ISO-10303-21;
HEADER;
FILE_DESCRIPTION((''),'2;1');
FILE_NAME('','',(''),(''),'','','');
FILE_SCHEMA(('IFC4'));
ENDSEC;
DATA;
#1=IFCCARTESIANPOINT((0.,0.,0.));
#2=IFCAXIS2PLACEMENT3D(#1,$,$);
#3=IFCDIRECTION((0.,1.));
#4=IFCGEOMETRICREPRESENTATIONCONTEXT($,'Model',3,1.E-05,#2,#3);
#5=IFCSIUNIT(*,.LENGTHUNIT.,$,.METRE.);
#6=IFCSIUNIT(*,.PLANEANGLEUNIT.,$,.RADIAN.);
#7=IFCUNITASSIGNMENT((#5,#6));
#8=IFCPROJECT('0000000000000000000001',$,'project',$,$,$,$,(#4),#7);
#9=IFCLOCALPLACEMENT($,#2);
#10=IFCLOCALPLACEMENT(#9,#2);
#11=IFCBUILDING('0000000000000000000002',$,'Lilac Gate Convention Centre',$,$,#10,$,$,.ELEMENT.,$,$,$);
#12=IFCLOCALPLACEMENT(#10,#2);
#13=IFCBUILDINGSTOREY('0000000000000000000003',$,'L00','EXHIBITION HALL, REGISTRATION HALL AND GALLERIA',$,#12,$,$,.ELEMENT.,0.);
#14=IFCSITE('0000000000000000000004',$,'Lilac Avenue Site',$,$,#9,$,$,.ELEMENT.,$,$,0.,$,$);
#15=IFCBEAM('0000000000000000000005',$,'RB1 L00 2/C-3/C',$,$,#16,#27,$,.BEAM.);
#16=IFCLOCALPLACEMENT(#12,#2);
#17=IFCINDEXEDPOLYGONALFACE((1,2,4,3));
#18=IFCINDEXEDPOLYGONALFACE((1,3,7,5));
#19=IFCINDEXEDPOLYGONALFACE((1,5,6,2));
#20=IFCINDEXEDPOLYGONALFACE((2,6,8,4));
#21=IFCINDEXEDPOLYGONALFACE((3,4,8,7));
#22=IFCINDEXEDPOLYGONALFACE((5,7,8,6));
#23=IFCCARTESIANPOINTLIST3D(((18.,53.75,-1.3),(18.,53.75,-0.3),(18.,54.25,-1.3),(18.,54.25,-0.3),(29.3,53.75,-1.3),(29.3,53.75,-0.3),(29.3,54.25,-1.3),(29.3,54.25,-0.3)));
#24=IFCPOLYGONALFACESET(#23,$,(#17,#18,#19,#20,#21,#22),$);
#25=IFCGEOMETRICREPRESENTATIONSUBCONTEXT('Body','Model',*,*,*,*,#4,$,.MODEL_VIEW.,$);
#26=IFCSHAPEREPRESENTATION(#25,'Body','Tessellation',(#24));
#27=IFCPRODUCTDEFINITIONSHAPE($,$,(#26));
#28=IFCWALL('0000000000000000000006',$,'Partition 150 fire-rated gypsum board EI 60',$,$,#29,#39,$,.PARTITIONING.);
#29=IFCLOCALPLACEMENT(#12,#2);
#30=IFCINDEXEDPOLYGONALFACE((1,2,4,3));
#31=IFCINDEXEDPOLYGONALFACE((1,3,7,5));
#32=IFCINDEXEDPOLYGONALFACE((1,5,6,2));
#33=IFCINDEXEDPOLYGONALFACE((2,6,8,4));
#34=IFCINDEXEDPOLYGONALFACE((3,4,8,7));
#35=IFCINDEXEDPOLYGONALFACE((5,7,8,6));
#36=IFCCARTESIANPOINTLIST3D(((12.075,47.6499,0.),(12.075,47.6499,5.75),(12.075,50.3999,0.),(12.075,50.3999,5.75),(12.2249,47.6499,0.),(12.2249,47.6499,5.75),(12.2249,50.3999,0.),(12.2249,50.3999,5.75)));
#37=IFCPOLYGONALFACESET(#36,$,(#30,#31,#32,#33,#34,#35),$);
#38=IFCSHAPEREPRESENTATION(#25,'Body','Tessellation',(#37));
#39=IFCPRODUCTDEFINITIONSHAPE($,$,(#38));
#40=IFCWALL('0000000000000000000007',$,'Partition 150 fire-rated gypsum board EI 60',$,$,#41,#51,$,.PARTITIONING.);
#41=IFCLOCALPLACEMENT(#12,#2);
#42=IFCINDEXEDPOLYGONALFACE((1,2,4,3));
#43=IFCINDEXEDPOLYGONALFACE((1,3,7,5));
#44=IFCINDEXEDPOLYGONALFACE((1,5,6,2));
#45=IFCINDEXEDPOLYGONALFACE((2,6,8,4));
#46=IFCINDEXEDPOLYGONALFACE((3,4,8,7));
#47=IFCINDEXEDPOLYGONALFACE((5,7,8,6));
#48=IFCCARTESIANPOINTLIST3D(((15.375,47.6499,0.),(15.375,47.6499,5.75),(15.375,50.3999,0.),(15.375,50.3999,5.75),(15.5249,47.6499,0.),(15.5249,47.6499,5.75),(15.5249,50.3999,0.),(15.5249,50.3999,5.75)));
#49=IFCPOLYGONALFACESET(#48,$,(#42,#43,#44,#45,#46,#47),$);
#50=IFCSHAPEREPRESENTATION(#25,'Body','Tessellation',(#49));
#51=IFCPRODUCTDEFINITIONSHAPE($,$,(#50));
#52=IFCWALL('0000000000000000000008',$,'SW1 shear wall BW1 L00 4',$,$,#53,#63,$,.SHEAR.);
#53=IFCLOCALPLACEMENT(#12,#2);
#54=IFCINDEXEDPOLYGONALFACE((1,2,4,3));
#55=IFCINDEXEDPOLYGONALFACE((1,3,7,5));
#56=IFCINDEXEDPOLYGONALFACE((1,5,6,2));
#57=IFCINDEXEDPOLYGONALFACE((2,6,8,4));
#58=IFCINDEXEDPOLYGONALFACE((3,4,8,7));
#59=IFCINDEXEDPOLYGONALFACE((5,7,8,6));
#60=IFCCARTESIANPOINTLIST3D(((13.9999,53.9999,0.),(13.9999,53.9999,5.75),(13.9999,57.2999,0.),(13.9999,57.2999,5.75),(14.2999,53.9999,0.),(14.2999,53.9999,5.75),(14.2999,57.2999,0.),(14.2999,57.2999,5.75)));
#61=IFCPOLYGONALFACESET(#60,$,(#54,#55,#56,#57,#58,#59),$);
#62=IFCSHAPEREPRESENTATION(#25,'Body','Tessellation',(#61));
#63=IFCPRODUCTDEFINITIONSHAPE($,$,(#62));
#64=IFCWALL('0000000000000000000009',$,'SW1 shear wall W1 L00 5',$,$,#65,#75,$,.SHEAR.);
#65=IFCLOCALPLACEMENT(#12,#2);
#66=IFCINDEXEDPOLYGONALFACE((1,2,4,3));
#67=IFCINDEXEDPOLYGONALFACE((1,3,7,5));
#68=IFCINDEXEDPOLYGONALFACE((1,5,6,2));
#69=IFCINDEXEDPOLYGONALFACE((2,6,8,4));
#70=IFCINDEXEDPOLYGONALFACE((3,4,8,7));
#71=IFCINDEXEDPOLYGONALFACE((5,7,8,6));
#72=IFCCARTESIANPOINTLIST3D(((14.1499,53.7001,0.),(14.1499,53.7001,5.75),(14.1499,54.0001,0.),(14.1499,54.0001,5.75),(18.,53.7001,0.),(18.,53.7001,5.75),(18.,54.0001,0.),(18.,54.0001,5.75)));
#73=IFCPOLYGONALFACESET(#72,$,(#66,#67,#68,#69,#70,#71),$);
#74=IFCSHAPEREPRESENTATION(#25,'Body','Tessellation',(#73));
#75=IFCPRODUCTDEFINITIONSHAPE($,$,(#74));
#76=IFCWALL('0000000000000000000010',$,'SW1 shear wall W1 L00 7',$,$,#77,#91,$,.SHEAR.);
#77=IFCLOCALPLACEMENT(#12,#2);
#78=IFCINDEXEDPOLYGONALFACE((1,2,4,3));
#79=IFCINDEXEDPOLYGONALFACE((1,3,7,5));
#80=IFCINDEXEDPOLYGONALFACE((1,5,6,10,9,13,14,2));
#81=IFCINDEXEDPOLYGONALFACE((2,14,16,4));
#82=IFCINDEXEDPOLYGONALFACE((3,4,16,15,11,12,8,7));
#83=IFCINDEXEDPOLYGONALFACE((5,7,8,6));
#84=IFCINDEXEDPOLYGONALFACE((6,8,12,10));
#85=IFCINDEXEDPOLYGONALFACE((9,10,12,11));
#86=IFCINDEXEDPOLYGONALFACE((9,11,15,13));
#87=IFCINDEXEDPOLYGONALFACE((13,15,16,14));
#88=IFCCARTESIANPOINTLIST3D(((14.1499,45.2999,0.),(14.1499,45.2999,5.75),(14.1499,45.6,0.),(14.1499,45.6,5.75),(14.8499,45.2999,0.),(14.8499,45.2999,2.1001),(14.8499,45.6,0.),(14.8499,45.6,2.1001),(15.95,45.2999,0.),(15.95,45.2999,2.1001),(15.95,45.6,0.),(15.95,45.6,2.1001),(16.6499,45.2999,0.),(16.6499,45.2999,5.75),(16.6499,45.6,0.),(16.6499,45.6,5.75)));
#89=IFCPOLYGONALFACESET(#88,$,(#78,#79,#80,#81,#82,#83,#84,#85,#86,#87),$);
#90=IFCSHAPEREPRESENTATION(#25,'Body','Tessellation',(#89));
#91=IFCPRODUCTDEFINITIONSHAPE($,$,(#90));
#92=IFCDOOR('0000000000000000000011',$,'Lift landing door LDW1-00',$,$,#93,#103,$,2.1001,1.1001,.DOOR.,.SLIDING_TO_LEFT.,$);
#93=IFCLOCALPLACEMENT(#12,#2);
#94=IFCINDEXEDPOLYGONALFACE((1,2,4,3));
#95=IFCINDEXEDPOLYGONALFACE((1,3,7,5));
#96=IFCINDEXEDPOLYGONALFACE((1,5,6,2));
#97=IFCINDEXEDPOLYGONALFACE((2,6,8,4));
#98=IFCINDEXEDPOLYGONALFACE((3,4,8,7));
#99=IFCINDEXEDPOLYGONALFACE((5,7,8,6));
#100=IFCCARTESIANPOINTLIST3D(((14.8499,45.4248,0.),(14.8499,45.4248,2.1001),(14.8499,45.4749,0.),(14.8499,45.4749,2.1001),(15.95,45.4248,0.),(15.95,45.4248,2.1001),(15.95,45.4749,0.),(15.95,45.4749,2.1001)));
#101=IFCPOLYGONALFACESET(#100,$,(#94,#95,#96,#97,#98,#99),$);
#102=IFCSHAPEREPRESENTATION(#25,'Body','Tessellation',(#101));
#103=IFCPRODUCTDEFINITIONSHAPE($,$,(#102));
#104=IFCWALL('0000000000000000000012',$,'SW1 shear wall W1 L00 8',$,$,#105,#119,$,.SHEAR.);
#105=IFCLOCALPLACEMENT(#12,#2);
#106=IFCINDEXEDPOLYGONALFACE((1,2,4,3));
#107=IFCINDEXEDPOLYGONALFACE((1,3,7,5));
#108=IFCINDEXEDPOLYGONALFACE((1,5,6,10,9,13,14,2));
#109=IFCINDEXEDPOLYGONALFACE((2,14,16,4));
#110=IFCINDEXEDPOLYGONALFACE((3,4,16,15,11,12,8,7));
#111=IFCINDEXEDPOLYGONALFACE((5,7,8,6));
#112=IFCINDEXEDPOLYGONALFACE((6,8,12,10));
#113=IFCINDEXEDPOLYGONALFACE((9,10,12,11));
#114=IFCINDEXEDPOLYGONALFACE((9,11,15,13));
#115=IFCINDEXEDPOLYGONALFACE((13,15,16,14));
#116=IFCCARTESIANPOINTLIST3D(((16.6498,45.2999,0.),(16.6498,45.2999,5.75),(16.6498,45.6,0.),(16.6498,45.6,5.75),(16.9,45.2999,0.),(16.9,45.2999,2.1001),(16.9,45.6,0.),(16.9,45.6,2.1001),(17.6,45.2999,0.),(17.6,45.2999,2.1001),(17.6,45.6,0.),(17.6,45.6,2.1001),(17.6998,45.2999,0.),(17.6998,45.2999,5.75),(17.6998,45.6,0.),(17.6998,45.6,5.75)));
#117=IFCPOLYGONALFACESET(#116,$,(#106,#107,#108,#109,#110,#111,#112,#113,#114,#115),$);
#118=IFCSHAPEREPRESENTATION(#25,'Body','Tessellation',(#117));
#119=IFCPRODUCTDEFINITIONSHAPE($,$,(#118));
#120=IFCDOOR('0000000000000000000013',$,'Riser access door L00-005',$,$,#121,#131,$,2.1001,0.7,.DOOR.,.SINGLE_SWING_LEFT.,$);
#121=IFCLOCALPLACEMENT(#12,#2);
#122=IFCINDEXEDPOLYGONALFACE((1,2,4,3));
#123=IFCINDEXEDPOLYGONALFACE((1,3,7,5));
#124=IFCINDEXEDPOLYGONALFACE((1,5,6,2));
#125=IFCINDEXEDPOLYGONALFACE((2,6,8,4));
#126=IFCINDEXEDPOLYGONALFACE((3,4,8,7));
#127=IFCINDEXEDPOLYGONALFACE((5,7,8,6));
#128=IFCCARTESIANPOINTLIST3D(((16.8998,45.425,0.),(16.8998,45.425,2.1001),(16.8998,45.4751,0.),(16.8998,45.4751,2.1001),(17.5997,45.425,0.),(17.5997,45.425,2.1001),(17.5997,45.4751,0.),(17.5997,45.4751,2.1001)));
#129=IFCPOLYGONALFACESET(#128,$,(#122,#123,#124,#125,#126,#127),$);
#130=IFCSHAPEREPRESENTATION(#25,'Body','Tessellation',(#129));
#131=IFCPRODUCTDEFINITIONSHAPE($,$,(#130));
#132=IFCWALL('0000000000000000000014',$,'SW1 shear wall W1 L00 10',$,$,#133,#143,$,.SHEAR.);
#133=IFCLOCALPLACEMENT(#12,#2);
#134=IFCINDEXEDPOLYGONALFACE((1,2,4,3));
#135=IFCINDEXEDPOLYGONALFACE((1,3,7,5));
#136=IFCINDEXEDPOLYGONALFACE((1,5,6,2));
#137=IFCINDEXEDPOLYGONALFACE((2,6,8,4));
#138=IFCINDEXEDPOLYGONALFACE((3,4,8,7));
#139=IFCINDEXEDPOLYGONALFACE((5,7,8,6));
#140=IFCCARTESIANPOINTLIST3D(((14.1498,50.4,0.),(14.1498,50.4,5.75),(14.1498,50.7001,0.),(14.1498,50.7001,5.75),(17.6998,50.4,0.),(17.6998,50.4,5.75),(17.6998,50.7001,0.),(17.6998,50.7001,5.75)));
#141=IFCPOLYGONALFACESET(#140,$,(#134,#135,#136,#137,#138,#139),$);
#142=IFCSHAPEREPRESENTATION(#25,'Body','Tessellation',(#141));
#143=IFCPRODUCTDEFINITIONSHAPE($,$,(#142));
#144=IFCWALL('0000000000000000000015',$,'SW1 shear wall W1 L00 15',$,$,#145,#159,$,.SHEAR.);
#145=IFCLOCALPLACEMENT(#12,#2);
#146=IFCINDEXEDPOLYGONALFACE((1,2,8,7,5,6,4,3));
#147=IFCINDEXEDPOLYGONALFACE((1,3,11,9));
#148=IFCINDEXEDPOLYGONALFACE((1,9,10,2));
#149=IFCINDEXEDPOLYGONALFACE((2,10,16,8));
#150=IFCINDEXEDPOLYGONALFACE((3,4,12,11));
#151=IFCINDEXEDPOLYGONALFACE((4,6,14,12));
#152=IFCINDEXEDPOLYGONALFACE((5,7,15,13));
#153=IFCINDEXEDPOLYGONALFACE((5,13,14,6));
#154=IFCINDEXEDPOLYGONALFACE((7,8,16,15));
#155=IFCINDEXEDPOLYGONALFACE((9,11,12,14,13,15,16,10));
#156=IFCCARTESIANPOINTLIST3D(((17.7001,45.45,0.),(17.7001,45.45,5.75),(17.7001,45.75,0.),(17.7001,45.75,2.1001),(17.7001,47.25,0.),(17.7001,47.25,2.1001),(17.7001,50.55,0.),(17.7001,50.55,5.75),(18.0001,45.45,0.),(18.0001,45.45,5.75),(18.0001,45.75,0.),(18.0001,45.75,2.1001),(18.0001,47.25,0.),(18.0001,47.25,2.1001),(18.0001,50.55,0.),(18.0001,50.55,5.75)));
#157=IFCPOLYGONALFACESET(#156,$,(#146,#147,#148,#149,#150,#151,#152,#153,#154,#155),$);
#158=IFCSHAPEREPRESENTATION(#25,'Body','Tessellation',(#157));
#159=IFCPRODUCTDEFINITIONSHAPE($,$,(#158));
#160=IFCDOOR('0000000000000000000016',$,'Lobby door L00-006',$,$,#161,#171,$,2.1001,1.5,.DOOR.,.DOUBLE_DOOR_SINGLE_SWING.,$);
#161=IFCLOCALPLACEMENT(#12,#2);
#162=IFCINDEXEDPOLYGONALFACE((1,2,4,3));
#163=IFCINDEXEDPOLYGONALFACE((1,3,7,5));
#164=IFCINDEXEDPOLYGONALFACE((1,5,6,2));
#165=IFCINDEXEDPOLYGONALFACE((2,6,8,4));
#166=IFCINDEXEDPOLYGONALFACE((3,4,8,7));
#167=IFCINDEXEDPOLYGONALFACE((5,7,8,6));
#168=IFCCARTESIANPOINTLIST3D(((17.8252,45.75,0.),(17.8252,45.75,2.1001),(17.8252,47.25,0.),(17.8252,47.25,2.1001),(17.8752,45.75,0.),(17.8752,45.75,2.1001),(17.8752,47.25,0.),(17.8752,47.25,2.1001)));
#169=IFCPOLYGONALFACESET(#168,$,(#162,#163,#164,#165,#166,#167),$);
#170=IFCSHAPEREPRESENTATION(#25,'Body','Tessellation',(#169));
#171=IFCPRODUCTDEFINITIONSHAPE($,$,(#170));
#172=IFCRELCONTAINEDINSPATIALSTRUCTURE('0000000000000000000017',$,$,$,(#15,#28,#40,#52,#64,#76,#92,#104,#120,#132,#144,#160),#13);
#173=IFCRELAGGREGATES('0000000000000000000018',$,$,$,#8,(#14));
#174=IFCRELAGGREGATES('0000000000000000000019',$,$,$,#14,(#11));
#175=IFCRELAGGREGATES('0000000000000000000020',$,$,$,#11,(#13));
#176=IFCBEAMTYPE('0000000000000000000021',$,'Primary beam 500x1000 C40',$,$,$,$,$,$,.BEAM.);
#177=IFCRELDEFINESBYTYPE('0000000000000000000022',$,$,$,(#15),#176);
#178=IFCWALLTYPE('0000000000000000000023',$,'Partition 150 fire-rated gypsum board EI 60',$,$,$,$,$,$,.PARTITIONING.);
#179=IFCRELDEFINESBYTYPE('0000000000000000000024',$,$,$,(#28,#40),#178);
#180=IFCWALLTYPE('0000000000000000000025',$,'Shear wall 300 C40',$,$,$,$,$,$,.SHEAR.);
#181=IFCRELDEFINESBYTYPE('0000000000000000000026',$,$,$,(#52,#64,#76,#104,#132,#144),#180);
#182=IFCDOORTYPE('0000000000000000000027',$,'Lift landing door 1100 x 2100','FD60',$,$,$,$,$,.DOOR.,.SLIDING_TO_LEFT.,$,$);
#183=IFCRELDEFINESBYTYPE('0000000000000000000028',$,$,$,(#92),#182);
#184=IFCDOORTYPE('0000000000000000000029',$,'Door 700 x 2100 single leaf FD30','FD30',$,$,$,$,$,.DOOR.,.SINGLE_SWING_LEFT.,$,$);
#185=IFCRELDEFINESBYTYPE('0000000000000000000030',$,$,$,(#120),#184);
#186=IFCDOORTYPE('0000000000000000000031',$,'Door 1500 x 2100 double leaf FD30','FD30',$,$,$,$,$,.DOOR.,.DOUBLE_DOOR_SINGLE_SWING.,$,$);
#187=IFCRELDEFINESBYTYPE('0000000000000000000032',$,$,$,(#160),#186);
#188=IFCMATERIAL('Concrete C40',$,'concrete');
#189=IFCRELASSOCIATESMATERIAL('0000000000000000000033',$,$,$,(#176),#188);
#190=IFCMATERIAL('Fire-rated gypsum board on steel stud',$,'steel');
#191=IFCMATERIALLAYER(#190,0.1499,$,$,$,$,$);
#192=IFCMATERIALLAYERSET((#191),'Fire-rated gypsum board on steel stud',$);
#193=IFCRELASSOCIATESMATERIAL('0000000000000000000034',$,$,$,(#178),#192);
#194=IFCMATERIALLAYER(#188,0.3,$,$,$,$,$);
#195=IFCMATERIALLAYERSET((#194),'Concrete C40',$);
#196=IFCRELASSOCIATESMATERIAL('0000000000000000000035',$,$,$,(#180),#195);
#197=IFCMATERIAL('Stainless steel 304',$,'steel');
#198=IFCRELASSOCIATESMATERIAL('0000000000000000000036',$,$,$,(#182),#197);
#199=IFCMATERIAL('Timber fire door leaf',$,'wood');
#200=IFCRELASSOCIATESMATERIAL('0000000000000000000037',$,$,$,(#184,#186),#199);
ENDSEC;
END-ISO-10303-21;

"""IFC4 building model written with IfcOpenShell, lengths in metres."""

from ifc_helpers import new_model, si_unit, direction, frame, frame_2d, origin, origin_2d, place, context, subcontext, project, spatial, rectangle, extrude, material, layer, layer_set, material_profile, profile_set, type_object, element, fill, save


model = new_model("IFC4")

# Units and contexts
model_context = context("Model", 3, precision=1e-05, world=origin(), true_north=direction((0.0, 1.0)))
body_context = subcontext(model_context, "Body", "Model", "MODEL_VIEW")
ifc_project = project(units=[si_unit("LENGTHUNIT", "METRE"), si_unit("PLANEANGLEUNIT", "RADIAN")], contexts=[model_context])

# Site, building, storey
site_placement = place(None, origin())
site = spatial("IfcSite", under=ifc_project, at=site_placement, Name="Lilac Avenue Site", CompositionType="ELEMENT", RefElevation=0.0)
building_placement = place(site_placement, origin())
building = spatial("IfcBuilding", under=site, at=building_placement, Name="Lilac Gate Convention Centre", CompositionType="ELEMENT")
storey_placement = place(building_placement, origin())
storey = spatial("IfcBuildingStorey", under=building, at=storey_placement, Name="L00", Description="EXHIBITION HALL, REGISTRATION HALL AND GALLERIA", CompositionType="ELEMENT", Elevation=0.0)

# Beam
ifc_material_1 = material(Name="Concrete C40", Category="concrete")
ifc_material_profile = material_profile(ifc_material_1, rectangle(XDim=0.5, YDim=1.0, at=origin_2d()), Name="RC 500x1000")
ifc_profile_set = profile_set([ifc_material_profile], Name="Concrete C40")
beam_type = type_object("IfcBeamType", Name="Primary beam 500x1000 C40", PredefinedType="BEAM", material=ifc_profile_set)
beam_placement = place(storey_placement, frame((18.0, 54.0, -0.8), z_axis=(1.0, 0.0, 0.0), x_axis=(0.0, 1.0, 0.0)))
element("IfcBeam", 1, at=beam_placement, inside=storey, type_object=beam_type, Name="RB1 L00 2/C-3/C", PredefinedType="BEAM", context=body_context, shape_type="SweptSolid", body=[
    extrude(rectangle(XDim=0.5, YDim=1.0, at=origin_2d()), origin(), (0.0, 0.0, 1.0), 11.3),
])

# Walls
ifc_material_2 = material(Name="Fire-rated gypsum board on steel stud", Category="steel")
ifc_layer_1 = layer(ifc_material_2, 0.1499)
ifc_layer_set_1 = layer_set([ifc_layer_1], Name="Fire-rated gypsum board on steel stud")
wall_type_1 = type_object("IfcWallType", Name="Partition 150 fire-rated gypsum board EI 60", PredefinedType="PARTITIONING", material=ifc_layer_set_1)
for number, where, z_axis, x_axis, name in (
    (2, (12.1499, 47.6499, 0.0), (0.0, 0.0, 1.0), (0.0, 1.0, 0.0), "Partition 150 fire-rated gypsum board EI 60"),
    (3, (15.45, 47.6499, 0.0), (0.0, 0.0, 1.0), (0.0, 1.0, 0.0), "Partition 150 fire-rated gypsum board EI 60"),
):
    element("IfcWall", number, at=place(storey_placement, frame(where, z_axis=z_axis, x_axis=x_axis)), inside=storey, type_object=wall_type_1, Name=name, PredefinedType="PARTITIONING", context=body_context, shape_type="SweptSolid", body=[
        extrude(rectangle(XDim=2.75, YDim=0.1499, at=frame_2d((1.375, 0.0))), origin(), (0.0, 0.0, 1.0), 5.75),
    ])
ifc_layer_2 = layer(ifc_material_1, 0.3)
ifc_layer_set_2 = layer_set([ifc_layer_2], Name="Concrete C40")
wall_type_2 = type_object("IfcWallType", Name="Shear wall 300 C40", PredefinedType="SHEAR", material=ifc_layer_set_2)
wall_1_placement = place(storey_placement, frame((14.1499, 54.0, 0.0), z_axis=(0.0, 0.0, 1.0), x_axis=(0.0, 1.0, 0.0)))
element("IfcWall", 4, at=wall_1_placement, inside=storey, type_object=wall_type_2, Name="SW1 shear wall BW1 L00 4", PredefinedType="SHEAR", context=body_context, shape_type="SweptSolid", body=[
    extrude(rectangle(XDim=3.3, YDim=0.3, at=frame_2d((1.6499, 0.0))), origin(), (0.0, 0.0, 1.0), 5.75),
])
wall_2_placement = place(storey_placement, frame((14.1499, 53.8501, 0.0), z_axis=(0.0, 0.0, 1.0), x_axis=(1.0, 0.0, 0.0)))
element("IfcWall", 5, at=wall_2_placement, inside=storey, type_object=wall_type_2, Name="SW1 shear wall W1 L00 5", PredefinedType="SHEAR", context=body_context, shape_type="SweptSolid", body=[
    extrude(rectangle(XDim=3.8501, YDim=0.3, at=frame_2d((1.925, 0.0))), origin(), (0.0, 0.0, 1.0), 5.75),
])

# Walls, openings, doors
wall_3_placement = place(storey_placement, frame((14.1499, 45.45, 0.0), z_axis=(0.0, 0.0, 1.0), x_axis=(1.0, 0.0, 0.0)))
wall_3 = element("IfcWall", 6, at=wall_3_placement, inside=storey, type_object=wall_type_2, Name="SW1 shear wall W1 L00 7", PredefinedType="SHEAR", context=body_context, shape_type="SweptSolid", body=[
    extrude(rectangle(XDim=2.5, YDim=0.3, at=frame_2d((1.25, 0.0))), origin(), (0.0, 0.0, 1.0), 5.75),
])
opening_1_placement = place(wall_3_placement, frame((0.7, 0.0, 0.0)))
opening_1 = element("IfcOpeningElement", 7, at=opening_1_placement, cuts=wall_3, PredefinedType="OPENING", context=body_context, shape_type="SweptSolid", body=[
    extrude(rectangle(XDim=1.1001, YDim=2.1001, at=frame_2d((0.55, 1.05))), frame((0.0, 0.1599, 0.0), z_axis=(0.0, -1.0, 0.0), x_axis=(1.0, 0.0, 0.0)), (0.0, 0.0, 1.0), 0.3201),
])
ifc_material_3 = material(Name="Stainless steel 304", Category="steel")
door_type_1 = type_object("IfcDoorType", Name="Lift landing door 1100 x 2100", Description="FD60", OperationType="SLIDING_TO_LEFT", PredefinedType="DOOR", material=ifc_material_3)
door_1_placement = place(opening_1_placement, origin())
door_1 = element("IfcDoor", 8, at=door_1_placement, inside=storey, type_object=door_type_1, Name="Lift landing door LDW1-00", OperationType="SLIDING_TO_LEFT", OverallHeight=2.1001, OverallWidth=1.1001, PredefinedType="DOOR", context=body_context, shape_type="SweptSolid", body=[
    extrude(rectangle(XDim=1.1001, YDim=2.1001, at=frame_2d((0.55, 1.05))), frame((0.0, 0.0249, 0.0), z_axis=(0.0, -1.0, 0.0), x_axis=(1.0, 0.0, 0.0)), (0.0, 0.0, 1.0), 0.05),
])
fill(opening_1, door_1)
wall_4_placement = place(storey_placement, frame((16.6499, 45.45, 0.0), z_axis=(0.0, 0.0, 1.0), x_axis=(1.0, 0.0, 0.0)))
wall_4 = element("IfcWall", 9, at=wall_4_placement, inside=storey, type_object=wall_type_2, Name="SW1 shear wall W1 L00 8", PredefinedType="SHEAR", context=body_context, shape_type="SweptSolid", body=[
    extrude(rectangle(XDim=1.05, YDim=0.3, at=frame_2d((0.5249, 0.0))), origin(), (0.0, 0.0, 1.0), 5.75),
])
opening_2_placement = place(wall_4_placement, frame((0.25, 0.0, 0.0)))
opening_2 = element("IfcOpeningElement", 10, at=opening_2_placement, cuts=wall_4, PredefinedType="OPENING", context=body_context, shape_type="SweptSolid", body=[
    extrude(rectangle(XDim=0.7, YDim=2.1001, at=frame_2d((0.3501, 1.05))), frame((0.0, 0.1599, 0.0), z_axis=(0.0, -1.0, 0.0), x_axis=(1.0, 0.0, 0.0)), (0.0, 0.0, 1.0), 0.3201),
])
ifc_material_4 = material(Name="Timber fire door leaf", Category="wood")
door_type_2 = type_object("IfcDoorType", Name="Door 700 x 2100 single leaf FD30", Description="FD30", OperationType="SINGLE_SWING_LEFT", PredefinedType="DOOR", material=ifc_material_4)
door_2_placement = place(opening_2_placement, frame((0.7, 0.0, 0.0), z_axis=(0.0, 0.0, 1.0), x_axis=(-1.0, 0.0, 0.0)))
door_2 = element("IfcDoor", 11, at=door_2_placement, inside=storey, type_object=door_type_2, Name="Riser access door L00-005", OperationType="SINGLE_SWING_LEFT", OverallHeight=2.1001, OverallWidth=0.7, PredefinedType="DOOR", context=body_context, shape_type="SweptSolid", body=[
    extrude(rectangle(XDim=0.7, YDim=2.1001, at=frame_2d((0.3501, 1.05))), frame((0.0, 0.0249, 0.0), z_axis=(0.0, -1.0, 0.0), x_axis=(1.0, 0.0, 0.0)), (0.0, 0.0, 1.0), 0.05),
])
fill(opening_2, door_2)

# Wall
wall_5_placement = place(storey_placement, frame((14.1499, 50.55, 0.0), z_axis=(0.0, 0.0, 1.0), x_axis=(1.0, 0.0, 0.0)))
element("IfcWall", 12, at=wall_5_placement, inside=storey, type_object=wall_type_2, Name="SW1 shear wall W1 L00 10", PredefinedType="SHEAR", context=body_context, shape_type="SweptSolid", body=[
    extrude(rectangle(XDim=3.55, YDim=0.3, at=frame_2d((1.7749, 0.0))), origin(), (0.0, 0.0, 1.0), 5.75),
])

# Wall, opening, door
wall_6_placement = place(storey_placement, frame((17.8501, 45.45, 0.0), z_axis=(0.0, 0.0, 1.0), x_axis=(0.0, 1.0, 0.0)))
wall_6 = element("IfcWall", 13, at=wall_6_placement, inside=storey, type_object=wall_type_2, Name="SW1 shear wall W1 L00 15", PredefinedType="SHEAR", context=body_context, shape_type="SweptSolid", body=[
    extrude(rectangle(XDim=5.1001, YDim=0.3, at=frame_2d((2.55, 0.0))), origin(), (0.0, 0.0, 1.0), 5.75),
])
opening_3_placement = place(wall_6_placement, frame((0.3, 0.0, 0.0)))
opening_3 = element("IfcOpeningElement", 14, at=opening_3_placement, cuts=wall_6, PredefinedType="OPENING", context=body_context, shape_type="SweptSolid", body=[
    extrude(rectangle(XDim=1.5, YDim=2.1001, at=frame_2d((0.75, 1.05))), frame((0.0, 0.1599, 0.0), z_axis=(0.0, -1.0, 0.0), x_axis=(1.0, 0.0, 0.0)), (0.0, 0.0, 1.0), 0.3201),
])
door_type_3 = type_object("IfcDoorType", Name="Door 1500 x 2100 double leaf FD30", Description="FD30", OperationType="DOUBLE_DOOR_SINGLE_SWING", PredefinedType="DOOR", material=ifc_material_4)
door_3_placement = place(opening_3_placement, origin())
door_3 = element("IfcDoor", 15, at=door_3_placement, inside=storey, type_object=door_type_3, Name="Lobby door L00-006", OperationType="DOUBLE_DOOR_SINGLE_SWING", OverallHeight=2.1001, OverallWidth=1.5, PredefinedType="DOOR", context=body_context, shape_type="SweptSolid", body=[
    extrude(rectangle(XDim=1.5, YDim=2.1001, at=frame_2d((0.75, 1.05))), frame((0.0, 0.0249, 0.0), z_axis=(0.0, -1.0, 0.0), x_axis=(1.0, 0.0, 0.0)), (0.0, 0.0, 1.0), 0.05),
])
fill(opening_3, door_3)

save(model, "model.ifc")
